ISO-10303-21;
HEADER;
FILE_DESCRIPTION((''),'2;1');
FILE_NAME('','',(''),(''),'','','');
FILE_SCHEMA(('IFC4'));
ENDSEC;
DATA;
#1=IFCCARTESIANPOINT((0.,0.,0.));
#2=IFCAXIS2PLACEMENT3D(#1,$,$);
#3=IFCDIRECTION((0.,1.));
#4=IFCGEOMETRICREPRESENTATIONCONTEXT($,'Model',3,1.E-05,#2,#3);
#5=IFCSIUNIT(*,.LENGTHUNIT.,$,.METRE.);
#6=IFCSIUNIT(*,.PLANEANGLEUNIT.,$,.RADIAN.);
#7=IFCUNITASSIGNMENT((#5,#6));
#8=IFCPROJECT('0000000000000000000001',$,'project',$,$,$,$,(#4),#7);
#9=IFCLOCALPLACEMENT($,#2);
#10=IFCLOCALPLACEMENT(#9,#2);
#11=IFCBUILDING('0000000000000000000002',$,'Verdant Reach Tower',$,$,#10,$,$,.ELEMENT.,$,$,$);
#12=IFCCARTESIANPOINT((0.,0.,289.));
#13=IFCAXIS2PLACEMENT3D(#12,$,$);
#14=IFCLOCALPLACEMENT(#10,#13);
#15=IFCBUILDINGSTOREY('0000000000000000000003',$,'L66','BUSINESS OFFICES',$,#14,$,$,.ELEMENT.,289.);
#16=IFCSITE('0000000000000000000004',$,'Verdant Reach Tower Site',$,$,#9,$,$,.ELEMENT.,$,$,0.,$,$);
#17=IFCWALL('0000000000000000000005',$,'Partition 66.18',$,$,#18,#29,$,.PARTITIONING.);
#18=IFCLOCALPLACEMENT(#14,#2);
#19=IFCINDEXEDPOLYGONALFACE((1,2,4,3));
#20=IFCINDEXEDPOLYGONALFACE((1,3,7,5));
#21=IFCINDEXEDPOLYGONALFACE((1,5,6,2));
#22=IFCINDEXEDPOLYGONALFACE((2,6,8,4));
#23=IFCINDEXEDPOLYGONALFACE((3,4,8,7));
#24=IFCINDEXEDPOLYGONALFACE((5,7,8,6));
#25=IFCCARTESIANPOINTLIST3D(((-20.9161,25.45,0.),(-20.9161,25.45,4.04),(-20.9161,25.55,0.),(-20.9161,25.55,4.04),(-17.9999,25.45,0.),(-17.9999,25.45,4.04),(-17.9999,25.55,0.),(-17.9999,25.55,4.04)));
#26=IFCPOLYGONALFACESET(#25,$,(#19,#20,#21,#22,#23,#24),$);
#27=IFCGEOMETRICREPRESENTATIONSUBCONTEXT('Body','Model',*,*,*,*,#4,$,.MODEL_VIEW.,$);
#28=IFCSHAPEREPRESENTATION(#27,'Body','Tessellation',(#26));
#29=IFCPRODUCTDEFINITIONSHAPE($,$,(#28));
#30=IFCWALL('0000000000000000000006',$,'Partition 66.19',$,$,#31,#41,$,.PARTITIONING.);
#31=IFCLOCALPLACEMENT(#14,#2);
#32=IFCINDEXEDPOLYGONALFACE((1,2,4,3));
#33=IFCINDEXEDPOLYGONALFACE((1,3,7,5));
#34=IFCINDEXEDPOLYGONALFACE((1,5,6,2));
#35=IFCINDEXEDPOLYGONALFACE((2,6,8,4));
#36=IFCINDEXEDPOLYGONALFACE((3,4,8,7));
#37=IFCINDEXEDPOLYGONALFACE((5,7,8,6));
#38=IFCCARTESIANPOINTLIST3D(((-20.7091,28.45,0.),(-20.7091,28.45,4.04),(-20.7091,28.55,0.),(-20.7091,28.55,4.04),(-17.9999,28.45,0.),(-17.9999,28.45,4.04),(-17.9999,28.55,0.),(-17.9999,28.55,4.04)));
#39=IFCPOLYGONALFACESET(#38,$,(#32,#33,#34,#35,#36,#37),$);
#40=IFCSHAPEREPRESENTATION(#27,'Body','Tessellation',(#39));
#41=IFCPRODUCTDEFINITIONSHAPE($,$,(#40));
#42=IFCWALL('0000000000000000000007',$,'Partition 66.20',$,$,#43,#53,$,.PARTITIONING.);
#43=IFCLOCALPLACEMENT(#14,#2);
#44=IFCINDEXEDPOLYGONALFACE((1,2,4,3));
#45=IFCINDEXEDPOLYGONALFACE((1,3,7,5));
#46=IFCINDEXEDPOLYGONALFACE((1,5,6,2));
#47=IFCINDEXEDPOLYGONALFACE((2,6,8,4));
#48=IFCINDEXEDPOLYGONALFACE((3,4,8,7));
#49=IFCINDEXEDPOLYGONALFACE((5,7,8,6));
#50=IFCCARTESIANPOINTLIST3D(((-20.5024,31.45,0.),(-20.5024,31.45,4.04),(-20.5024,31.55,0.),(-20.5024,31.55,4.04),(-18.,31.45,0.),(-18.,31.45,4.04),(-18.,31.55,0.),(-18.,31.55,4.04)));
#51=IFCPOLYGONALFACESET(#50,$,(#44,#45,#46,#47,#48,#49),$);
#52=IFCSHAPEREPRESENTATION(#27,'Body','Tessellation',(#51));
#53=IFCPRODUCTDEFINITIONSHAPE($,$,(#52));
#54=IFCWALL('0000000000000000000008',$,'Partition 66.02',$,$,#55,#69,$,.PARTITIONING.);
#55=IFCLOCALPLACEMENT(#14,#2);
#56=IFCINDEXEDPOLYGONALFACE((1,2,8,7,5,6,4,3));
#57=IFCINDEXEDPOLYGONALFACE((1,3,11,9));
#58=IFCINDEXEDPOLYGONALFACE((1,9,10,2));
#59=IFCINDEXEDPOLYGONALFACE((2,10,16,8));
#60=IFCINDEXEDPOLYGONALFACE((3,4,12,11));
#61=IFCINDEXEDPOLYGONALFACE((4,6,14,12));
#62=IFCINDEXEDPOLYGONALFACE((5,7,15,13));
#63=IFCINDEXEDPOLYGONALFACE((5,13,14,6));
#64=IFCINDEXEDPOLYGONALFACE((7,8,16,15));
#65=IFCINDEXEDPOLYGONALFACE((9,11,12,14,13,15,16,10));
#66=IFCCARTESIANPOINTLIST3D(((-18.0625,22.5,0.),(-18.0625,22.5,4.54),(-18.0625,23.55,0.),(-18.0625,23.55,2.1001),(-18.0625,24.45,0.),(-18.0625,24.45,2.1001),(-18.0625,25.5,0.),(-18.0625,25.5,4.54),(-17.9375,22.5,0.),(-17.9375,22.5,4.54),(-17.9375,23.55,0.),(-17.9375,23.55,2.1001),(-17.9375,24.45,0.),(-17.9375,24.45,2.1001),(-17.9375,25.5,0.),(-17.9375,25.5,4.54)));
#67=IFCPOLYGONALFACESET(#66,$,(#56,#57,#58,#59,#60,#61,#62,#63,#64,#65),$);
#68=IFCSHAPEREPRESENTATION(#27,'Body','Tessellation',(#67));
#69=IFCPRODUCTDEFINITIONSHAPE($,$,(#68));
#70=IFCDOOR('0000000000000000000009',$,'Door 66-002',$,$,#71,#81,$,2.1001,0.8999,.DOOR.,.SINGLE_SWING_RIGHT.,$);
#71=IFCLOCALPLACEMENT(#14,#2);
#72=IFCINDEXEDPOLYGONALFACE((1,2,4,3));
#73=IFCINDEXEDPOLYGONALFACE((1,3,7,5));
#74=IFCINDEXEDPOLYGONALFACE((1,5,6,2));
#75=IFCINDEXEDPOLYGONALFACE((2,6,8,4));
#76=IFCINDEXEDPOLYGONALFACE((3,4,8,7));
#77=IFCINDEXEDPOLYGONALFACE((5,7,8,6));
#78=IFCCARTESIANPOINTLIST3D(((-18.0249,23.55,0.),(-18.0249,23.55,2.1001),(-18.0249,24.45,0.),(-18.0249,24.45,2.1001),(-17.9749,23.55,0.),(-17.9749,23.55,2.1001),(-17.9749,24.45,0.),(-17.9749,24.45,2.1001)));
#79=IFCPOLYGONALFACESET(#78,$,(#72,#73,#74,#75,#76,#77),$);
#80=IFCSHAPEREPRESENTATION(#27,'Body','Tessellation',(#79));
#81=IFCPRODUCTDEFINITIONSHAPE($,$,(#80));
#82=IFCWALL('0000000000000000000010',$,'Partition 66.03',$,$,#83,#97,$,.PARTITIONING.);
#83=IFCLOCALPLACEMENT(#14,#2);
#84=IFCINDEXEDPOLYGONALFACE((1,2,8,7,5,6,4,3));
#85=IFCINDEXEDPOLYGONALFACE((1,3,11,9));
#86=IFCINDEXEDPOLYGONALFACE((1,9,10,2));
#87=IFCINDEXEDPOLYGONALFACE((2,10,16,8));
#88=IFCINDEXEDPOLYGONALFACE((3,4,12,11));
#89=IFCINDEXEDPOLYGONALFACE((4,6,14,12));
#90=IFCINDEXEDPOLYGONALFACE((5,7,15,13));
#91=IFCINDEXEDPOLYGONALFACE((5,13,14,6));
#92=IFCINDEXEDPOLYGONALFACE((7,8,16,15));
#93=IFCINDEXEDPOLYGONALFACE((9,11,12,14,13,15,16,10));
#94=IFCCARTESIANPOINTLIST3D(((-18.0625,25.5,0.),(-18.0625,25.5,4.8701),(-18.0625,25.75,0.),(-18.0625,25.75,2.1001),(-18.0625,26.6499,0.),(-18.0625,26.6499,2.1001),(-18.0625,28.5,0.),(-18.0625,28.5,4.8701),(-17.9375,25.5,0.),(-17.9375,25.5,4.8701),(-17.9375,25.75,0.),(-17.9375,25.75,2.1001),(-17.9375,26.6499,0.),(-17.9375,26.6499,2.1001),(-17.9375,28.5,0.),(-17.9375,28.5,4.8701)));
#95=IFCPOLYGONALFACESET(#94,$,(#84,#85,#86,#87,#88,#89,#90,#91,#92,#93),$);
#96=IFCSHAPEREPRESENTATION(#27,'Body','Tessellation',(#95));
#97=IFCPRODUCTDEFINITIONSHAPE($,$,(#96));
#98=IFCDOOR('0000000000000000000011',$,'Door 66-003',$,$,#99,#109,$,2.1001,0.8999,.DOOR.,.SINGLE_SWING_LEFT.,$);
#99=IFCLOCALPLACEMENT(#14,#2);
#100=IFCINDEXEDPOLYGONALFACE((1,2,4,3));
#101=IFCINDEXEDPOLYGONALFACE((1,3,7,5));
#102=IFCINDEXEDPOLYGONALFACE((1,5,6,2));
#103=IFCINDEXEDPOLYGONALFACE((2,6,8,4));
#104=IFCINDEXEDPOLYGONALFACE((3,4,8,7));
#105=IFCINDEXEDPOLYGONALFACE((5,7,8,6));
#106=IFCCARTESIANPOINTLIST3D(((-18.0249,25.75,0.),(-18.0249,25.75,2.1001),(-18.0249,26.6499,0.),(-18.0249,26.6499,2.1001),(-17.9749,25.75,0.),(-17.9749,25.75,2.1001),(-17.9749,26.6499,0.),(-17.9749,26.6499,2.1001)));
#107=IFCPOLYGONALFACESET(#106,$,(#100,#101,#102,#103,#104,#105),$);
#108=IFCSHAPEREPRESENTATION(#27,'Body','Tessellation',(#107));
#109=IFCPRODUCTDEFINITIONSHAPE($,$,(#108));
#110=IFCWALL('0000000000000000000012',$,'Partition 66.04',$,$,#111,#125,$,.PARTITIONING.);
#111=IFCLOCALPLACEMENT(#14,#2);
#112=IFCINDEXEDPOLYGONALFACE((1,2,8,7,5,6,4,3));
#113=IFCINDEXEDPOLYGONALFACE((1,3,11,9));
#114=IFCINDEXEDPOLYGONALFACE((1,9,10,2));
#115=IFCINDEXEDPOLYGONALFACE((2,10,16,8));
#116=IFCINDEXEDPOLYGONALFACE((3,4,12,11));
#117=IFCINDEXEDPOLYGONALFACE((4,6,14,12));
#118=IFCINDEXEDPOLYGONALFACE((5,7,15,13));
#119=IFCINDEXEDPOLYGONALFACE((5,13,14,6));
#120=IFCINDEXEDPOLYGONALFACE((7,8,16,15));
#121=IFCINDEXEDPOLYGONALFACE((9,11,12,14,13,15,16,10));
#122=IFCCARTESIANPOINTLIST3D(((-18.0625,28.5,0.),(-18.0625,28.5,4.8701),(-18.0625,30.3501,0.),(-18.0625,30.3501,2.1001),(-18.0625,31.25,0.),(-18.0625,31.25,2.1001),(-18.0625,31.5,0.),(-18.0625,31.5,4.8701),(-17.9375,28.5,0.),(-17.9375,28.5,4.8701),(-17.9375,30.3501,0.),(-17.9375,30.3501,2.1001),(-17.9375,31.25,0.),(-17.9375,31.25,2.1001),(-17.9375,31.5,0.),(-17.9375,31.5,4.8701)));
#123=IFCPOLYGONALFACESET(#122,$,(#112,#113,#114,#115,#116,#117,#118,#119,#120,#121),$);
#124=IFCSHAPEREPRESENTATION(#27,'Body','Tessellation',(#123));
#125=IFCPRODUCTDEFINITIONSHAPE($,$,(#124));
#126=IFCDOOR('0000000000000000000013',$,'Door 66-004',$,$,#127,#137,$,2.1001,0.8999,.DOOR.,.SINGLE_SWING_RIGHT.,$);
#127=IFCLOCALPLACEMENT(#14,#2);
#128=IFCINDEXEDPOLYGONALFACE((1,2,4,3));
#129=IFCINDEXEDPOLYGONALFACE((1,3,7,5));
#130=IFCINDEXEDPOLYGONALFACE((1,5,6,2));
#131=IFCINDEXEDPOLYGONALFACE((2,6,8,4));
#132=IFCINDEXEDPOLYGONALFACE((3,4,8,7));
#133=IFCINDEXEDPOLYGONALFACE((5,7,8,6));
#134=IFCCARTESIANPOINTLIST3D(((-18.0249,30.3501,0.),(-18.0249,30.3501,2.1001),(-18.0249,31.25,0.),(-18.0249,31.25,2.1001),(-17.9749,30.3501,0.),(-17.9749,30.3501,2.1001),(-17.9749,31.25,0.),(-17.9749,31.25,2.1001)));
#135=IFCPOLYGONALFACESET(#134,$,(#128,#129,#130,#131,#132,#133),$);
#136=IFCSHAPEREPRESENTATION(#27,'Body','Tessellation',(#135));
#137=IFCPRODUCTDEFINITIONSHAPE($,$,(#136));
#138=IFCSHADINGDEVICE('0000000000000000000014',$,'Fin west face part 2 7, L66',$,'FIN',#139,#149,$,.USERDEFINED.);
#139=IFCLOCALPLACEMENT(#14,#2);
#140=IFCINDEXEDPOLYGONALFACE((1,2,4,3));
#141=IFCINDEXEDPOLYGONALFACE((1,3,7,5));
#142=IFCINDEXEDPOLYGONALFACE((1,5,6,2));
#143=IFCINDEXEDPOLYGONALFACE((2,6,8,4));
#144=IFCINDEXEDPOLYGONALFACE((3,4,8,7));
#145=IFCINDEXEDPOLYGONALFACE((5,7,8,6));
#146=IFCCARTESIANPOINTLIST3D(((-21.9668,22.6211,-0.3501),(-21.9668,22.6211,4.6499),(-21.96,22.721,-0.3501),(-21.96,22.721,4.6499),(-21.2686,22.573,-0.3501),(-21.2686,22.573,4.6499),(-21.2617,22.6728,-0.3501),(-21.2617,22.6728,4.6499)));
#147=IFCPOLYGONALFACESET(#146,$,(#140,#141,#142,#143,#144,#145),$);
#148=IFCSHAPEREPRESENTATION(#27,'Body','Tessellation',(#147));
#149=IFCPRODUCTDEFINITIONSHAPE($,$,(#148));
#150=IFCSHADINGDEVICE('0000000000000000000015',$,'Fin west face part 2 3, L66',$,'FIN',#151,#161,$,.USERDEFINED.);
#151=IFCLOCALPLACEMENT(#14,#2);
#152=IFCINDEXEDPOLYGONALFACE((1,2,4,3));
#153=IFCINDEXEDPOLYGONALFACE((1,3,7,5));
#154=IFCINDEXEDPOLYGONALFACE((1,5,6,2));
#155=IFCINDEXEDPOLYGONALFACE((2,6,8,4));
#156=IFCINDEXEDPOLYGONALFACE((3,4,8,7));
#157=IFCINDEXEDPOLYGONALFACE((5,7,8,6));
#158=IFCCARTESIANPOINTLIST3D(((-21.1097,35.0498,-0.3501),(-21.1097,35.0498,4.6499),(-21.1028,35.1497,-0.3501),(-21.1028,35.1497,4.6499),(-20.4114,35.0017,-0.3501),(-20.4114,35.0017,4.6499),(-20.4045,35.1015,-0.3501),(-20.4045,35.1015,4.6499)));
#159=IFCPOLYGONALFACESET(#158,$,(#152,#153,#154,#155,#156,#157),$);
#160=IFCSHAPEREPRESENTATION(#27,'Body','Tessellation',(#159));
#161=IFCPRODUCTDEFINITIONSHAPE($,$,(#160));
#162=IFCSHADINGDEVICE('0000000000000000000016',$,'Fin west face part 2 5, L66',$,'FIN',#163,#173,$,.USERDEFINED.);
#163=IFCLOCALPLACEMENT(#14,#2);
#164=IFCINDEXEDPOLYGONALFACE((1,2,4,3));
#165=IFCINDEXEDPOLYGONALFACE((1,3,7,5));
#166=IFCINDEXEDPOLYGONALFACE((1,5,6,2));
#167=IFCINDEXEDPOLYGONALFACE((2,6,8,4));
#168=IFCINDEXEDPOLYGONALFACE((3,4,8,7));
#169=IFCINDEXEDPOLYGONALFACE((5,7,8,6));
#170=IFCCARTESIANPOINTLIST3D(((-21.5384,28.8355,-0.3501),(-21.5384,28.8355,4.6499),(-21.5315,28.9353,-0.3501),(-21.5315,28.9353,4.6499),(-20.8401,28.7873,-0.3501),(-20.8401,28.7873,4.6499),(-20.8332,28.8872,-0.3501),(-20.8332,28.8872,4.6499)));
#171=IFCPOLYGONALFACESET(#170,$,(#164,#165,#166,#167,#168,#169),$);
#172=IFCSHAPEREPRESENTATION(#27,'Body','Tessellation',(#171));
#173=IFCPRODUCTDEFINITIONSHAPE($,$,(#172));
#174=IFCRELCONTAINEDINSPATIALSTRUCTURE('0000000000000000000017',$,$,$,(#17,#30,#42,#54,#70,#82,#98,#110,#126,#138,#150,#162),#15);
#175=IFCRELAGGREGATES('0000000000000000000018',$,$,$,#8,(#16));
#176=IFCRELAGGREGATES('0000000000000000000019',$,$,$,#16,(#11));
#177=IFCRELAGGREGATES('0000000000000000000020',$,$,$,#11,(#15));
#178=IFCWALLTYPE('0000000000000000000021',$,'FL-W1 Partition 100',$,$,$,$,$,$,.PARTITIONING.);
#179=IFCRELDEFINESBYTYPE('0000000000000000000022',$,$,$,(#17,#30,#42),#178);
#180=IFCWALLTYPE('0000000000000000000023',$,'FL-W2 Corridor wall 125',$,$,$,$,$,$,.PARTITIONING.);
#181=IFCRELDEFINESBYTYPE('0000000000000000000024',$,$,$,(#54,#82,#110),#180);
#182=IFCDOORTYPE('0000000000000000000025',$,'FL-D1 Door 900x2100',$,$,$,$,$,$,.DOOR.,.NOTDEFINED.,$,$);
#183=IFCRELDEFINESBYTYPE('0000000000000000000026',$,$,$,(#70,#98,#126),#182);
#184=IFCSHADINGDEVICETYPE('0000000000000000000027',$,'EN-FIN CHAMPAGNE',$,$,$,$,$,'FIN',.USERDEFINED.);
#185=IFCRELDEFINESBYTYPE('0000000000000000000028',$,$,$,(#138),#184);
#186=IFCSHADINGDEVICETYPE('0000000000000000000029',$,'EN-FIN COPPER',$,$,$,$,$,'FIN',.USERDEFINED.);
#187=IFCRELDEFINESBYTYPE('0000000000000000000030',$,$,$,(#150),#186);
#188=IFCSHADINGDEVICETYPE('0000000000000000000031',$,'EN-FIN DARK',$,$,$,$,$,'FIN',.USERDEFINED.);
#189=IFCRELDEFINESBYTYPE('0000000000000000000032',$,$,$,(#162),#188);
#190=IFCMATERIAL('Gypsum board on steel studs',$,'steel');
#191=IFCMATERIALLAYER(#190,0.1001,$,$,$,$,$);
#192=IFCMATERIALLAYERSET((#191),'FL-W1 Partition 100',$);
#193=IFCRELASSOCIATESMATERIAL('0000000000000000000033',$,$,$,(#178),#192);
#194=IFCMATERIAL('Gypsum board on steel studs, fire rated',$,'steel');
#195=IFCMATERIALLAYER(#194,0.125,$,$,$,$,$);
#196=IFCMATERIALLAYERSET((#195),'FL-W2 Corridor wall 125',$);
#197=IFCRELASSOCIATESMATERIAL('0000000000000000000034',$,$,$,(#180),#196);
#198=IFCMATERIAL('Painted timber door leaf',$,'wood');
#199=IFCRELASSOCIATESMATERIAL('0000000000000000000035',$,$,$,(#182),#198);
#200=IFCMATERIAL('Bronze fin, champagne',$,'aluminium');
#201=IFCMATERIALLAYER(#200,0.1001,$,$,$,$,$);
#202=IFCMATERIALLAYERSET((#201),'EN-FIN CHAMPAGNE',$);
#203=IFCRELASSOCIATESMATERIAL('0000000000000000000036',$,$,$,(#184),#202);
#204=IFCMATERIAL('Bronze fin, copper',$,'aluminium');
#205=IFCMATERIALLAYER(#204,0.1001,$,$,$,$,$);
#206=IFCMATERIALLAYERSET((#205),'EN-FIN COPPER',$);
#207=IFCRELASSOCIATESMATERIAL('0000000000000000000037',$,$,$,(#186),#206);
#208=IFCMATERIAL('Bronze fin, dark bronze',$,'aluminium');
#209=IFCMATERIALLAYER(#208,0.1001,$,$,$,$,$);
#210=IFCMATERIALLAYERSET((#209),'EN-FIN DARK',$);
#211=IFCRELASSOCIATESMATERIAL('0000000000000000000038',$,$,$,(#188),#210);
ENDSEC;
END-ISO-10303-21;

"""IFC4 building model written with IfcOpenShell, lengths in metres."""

from ifc_helpers import new_model, si_unit, direction, frame, frame_2d, origin, origin_2d, place, context, subcontext, project, spatial, rectangle, extrude, material, layer, layer_set, type_object, element, fill, save


model = new_model("IFC4")

# Units and contexts
model_context = context("Model", 3, precision=1e-05, world=origin(), true_north=direction((0.0, 1.0)))
body_context = subcontext(model_context, "Body", "Model", "MODEL_VIEW")
ifc_project = project(units=[si_unit("LENGTHUNIT", "METRE"), si_unit("PLANEANGLEUNIT", "RADIAN")], contexts=[model_context])

# Site, building, storey
site_placement = place(None, origin())
site = spatial("IfcSite", under=ifc_project, at=site_placement, Name="Verdant Reach Tower Site", CompositionType="ELEMENT", RefElevation=0.0)
building_placement = place(site_placement, origin())
building = spatial("IfcBuilding", under=site, at=building_placement, Name="Verdant Reach Tower", CompositionType="ELEMENT")
storey_placement = place(building_placement, frame((0.0, 0.0, 289.0)))
storey = spatial("IfcBuildingStorey", under=building, at=storey_placement, Name="L66", Description="BUSINESS OFFICES", CompositionType="ELEMENT", Elevation=289.0)

# Walls
ifc_material_1 = material(Name="Gypsum board on steel studs", Category="steel")
ifc_layer_1 = layer(ifc_material_1, 0.1001)
ifc_layer_set_1 = layer_set([ifc_layer_1], Name="FL-W1 Partition 100")
wall_type_1 = type_object("IfcWallType", Name="FL-W1 Partition 100", PredefinedType="PARTITIONING", material=ifc_layer_set_1)
wall_1_placement = place(storey_placement, frame((-18.0, 25.5, 0.0), z_axis=(0.0, 0.0, 1.0), x_axis=(-1.0, 0.0, 0.0)))
element("IfcWall", 1, at=wall_1_placement, inside=storey, type_object=wall_type_1, Name="Partition 66.18", PredefinedType="PARTITIONING", context=body_context, shape_type="SweptSolid", body=[
    extrude(rectangle(XDim=2.9163, YDim=0.1001, at=frame_2d((1.458, 0.0))), origin(), (0.0, 0.0, 1.0), 4.04),
])
wall_2_placement = place(storey_placement, frame((-18.0, 28.5, 0.0), z_axis=(0.0, 0.0, 1.0), x_axis=(-1.0, 0.0, 0.0)))
element("IfcWall", 2, at=wall_2_placement, inside=storey, type_object=wall_type_1, Name="Partition 66.19", PredefinedType="PARTITIONING", context=body_context, shape_type="SweptSolid", body=[
    extrude(rectangle(XDim=2.7092, YDim=0.1001, at=frame_2d((1.3545, 0.0))), origin(), (0.0, 0.0, 1.0), 4.04),
])
wall_3_placement = place(storey_placement, frame((-18.0, 31.5, 0.0), z_axis=(0.0, 0.0, 1.0), x_axis=(-1.0, 0.0, 0.0)))
element("IfcWall", 3, at=wall_3_placement, inside=storey, type_object=wall_type_1, Name="Partition 66.20", PredefinedType="PARTITIONING", context=body_context, shape_type="SweptSolid", body=[
    extrude(rectangle(XDim=2.5024, YDim=0.1001, at=frame_2d((1.2512, 0.0))), origin(), (0.0, 0.0, 1.0), 4.04),
])

# Walls, openings, doors
ifc_material_2 = material(Name="Gypsum board on steel studs, fire rated", Category="steel")
ifc_layer_2 = layer(ifc_material_2, 0.125)
ifc_layer_set_2 = layer_set([ifc_layer_2], Name="FL-W2 Corridor wall 125")
wall_type_2 = type_object("IfcWallType", Name="FL-W2 Corridor wall 125", PredefinedType="PARTITIONING", material=ifc_layer_set_2)
wall_4_placement = place(storey_placement, frame((-18.0, 22.5, 0.0), z_axis=(0.0, 0.0, 1.0), x_axis=(0.0, 1.0, 0.0)))
wall_4 = element("IfcWall", 4, at=wall_4_placement, inside=storey, type_object=wall_type_2, Name="Partition 66.02", PredefinedType="PARTITIONING", context=body_context, shape_type="SweptSolid", body=[
    extrude(rectangle(XDim=3.0, YDim=0.125, at=frame_2d((1.5, 0.0))), origin(), (0.0, 0.0, 1.0), 4.54),
])
opening_1_placement = place(wall_4_placement, frame((1.05, 0.0, 0.0)))
opening_1 = element("IfcOpeningElement", 5, at=opening_1_placement, cuts=wall_4, PredefinedType="OPENING", context=body_context, shape_type="SweptSolid", body=[
    extrude(rectangle(XDim=0.8999, YDim=2.1001, at=frame_2d((0.45, 1.05))), frame((0.0, 0.0725, 0.0), z_axis=(0.0, -1.0, 0.0), x_axis=(1.0, 0.0, 0.0)), (0.0, 0.0, 1.0), 0.145),
])
ifc_material_3 = material(Name="Painted timber door leaf", Category="wood")
door_type = type_object("IfcDoorType", Name="FL-D1 Door 900x2100", OperationType="NOTDEFINED", PredefinedType="DOOR", material=ifc_material_3)
door_1_placement = place(opening_1_placement, origin())
door_1 = element("IfcDoor", 6, at=door_1_placement, inside=storey, type_object=door_type, Name="Door 66-002", OperationType="SINGLE_SWING_RIGHT", OverallHeight=2.1001, OverallWidth=0.8999, PredefinedType="DOOR", context=body_context, shape_type="SweptSolid", body=[
    extrude(rectangle(XDim=0.8999, YDim=2.1001, at=frame_2d((0.45, 1.05))), frame((0.0, 0.0249, 0.0), z_axis=(0.0, -1.0, 0.0), x_axis=(1.0, 0.0, 0.0)), (0.0, 0.0, 1.0), 0.05),
])
fill(opening_1, door_1)
wall_5_placement = place(storey_placement, frame((-18.0, 25.5, 0.0), z_axis=(0.0, 0.0, 1.0), x_axis=(0.0, 1.0, 0.0)))
wall_5 = element("IfcWall", 7, at=wall_5_placement, inside=storey, type_object=wall_type_2, Name="Partition 66.03", PredefinedType="PARTITIONING", context=body_context, shape_type="SweptSolid", body=[
    extrude(rectangle(XDim=3.0, YDim=0.125, at=frame_2d((1.5, 0.0))), origin(), (0.0, 0.0, 1.0), 4.8701),
])
opening_2_placement = place(wall_5_placement, frame((0.25, 0.0, 0.0)))
opening_2 = element("IfcOpeningElement", 8, at=opening_2_placement, cuts=wall_5, PredefinedType="OPENING", context=body_context, shape_type="SweptSolid", body=[
    extrude(rectangle(XDim=0.8999, YDim=2.1001, at=frame_2d((0.45, 1.05))), frame((0.0, 0.0725, 0.0), z_axis=(0.0, -1.0, 0.0), x_axis=(1.0, 0.0, 0.0)), (0.0, 0.0, 1.0), 0.145),
])
door_2_placement = place(opening_2_placement, origin())
door_2 = element("IfcDoor", 9, at=door_2_placement, inside=storey, type_object=door_type, Name="Door 66-003", OperationType="SINGLE_SWING_LEFT", OverallHeight=2.1001, OverallWidth=0.8999, PredefinedType="DOOR", context=body_context, shape_type="SweptSolid", body=[
    extrude(rectangle(XDim=0.8999, YDim=2.1001, at=frame_2d((0.45, 1.05))), frame((0.0, 0.0249, 0.0), z_axis=(0.0, -1.0, 0.0), x_axis=(1.0, 0.0, 0.0)), (0.0, 0.0, 1.0), 0.05),
])
fill(opening_2, door_2)
wall_6_placement = place(storey_placement, frame((-18.0, 28.5, 0.0), z_axis=(0.0, 0.0, 1.0), x_axis=(0.0, 1.0, 0.0)))
wall_6 = element("IfcWall", 10, at=wall_6_placement, inside=storey, type_object=wall_type_2, Name="Partition 66.04", PredefinedType="PARTITIONING", context=body_context, shape_type="SweptSolid", body=[
    extrude(rectangle(XDim=3.0, YDim=0.125, at=frame_2d((1.5, 0.0))), origin(), (0.0, 0.0, 1.0), 4.8701),
])
opening_3_placement = place(wall_6_placement, frame((1.8501, 0.0, 0.0)))
opening_3 = element("IfcOpeningElement", 11, at=opening_3_placement, cuts=wall_6, PredefinedType="OPENING", context=body_context, shape_type="SweptSolid", body=[
    extrude(rectangle(XDim=0.8999, YDim=2.1001, at=frame_2d((0.45, 1.05))), frame((0.0, 0.0725, 0.0), z_axis=(0.0, -1.0, 0.0), x_axis=(1.0, 0.0, 0.0)), (0.0, 0.0, 1.0), 0.145),
])
door_3_placement = place(opening_3_placement, origin())
door_3 = element("IfcDoor", 12, at=door_3_placement, inside=storey, type_object=door_type, Name="Door 66-004", OperationType="SINGLE_SWING_RIGHT", OverallHeight=2.1001, OverallWidth=0.8999, PredefinedType="DOOR", context=body_context, shape_type="SweptSolid", body=[
    extrude(rectangle(XDim=0.8999, YDim=2.1001, at=frame_2d((0.45, 1.05))), frame((0.0, 0.0249, 0.0), z_axis=(0.0, -1.0, 0.0), x_axis=(1.0, 0.0, 0.0)), (0.0, 0.0, 1.0), 0.05),
])
fill(opening_3, door_3)

# Shading devices
ifc_material_4 = material(Name="Bronze fin, champagne", Category="aluminium")
ifc_layer_3 = layer(ifc_material_4, 0.1001)
ifc_layer_set_3 = layer_set([ifc_layer_3], Name="EN-FIN CHAMPAGNE")
shading_device_type_1 = type_object("IfcShadingDeviceType", Name="EN-FIN CHAMPAGNE", ElementType="FIN", PredefinedType="USERDEFINED", material=ifc_layer_set_3)
shading_device_1_placement = place(storey_placement, frame((-21.6143, 22.647, -0.3501), z_axis=(0.0, 0.0, 1.0), x_axis=(-0.068802, -0.99763, 0.0)))
element("IfcShadingDevice", 13, at=shading_device_1_placement, inside=storey, type_object=shading_device_type_1, Name="Fin west face part 2 7, L66", ObjectType="FIN", PredefinedType="USERDEFINED", context=body_context, shape_type="SweptSolid", body=[
    extrude(rectangle(XDim=0.1001, YDim=0.7, at=origin_2d()), origin(), (0.0, 0.0, 1.0), 5.0),
])
ifc_material_5 = material(Name="Bronze fin, copper", Category="aluminium")
ifc_layer_4 = layer(ifc_material_5, 0.1001)
ifc_layer_set_4 = layer_set([ifc_layer_4], Name="EN-FIN COPPER")
shading_device_type_2 = type_object("IfcShadingDeviceType", Name="EN-FIN COPPER", ElementType="FIN", PredefinedType="USERDEFINED", material=ifc_layer_set_4)
shading_device_2_placement = place(storey_placement, frame((-20.7571, 35.0757, -0.3501), z_axis=(0.0, 0.0, 1.0), x_axis=(-0.068802, -0.99763, 0.0)))
element("IfcShadingDevice", 14, at=shading_device_2_placement, inside=storey, type_object=shading_device_type_2, Name="Fin west face part 2 3, L66", ObjectType="FIN", PredefinedType="USERDEFINED", context=body_context, shape_type="SweptSolid", body=[
    extrude(rectangle(XDim=0.1001, YDim=0.7, at=origin_2d()), origin(), (0.0, 0.0, 1.0), 5.0),
])
ifc_material_6 = material(Name="Bronze fin, dark bronze", Category="aluminium")
ifc_layer_5 = layer(ifc_material_6, 0.1001)
ifc_layer_set_5 = layer_set([ifc_layer_5], Name="EN-FIN DARK")
shading_device_type_3 = type_object("IfcShadingDeviceType", Name="EN-FIN DARK", ElementType="FIN", PredefinedType="USERDEFINED", material=ifc_layer_set_5)
shading_device_3_placement = place(storey_placement, frame((-21.1858, 28.8613, -0.3501), z_axis=(0.0, 0.0, 1.0), x_axis=(-0.068802, -0.99763, 0.0)))
element("IfcShadingDevice", 15, at=shading_device_3_placement, inside=storey, type_object=shading_device_type_3, Name="Fin west face part 2 5, L66", ObjectType="FIN", PredefinedType="USERDEFINED", context=body_context, shape_type="SweptSolid", body=[
    extrude(rectangle(XDim=0.1001, YDim=0.7, at=origin_2d()), origin(), (0.0, 0.0, 1.0), 5.0),
])

save(model, "model.ifc")
